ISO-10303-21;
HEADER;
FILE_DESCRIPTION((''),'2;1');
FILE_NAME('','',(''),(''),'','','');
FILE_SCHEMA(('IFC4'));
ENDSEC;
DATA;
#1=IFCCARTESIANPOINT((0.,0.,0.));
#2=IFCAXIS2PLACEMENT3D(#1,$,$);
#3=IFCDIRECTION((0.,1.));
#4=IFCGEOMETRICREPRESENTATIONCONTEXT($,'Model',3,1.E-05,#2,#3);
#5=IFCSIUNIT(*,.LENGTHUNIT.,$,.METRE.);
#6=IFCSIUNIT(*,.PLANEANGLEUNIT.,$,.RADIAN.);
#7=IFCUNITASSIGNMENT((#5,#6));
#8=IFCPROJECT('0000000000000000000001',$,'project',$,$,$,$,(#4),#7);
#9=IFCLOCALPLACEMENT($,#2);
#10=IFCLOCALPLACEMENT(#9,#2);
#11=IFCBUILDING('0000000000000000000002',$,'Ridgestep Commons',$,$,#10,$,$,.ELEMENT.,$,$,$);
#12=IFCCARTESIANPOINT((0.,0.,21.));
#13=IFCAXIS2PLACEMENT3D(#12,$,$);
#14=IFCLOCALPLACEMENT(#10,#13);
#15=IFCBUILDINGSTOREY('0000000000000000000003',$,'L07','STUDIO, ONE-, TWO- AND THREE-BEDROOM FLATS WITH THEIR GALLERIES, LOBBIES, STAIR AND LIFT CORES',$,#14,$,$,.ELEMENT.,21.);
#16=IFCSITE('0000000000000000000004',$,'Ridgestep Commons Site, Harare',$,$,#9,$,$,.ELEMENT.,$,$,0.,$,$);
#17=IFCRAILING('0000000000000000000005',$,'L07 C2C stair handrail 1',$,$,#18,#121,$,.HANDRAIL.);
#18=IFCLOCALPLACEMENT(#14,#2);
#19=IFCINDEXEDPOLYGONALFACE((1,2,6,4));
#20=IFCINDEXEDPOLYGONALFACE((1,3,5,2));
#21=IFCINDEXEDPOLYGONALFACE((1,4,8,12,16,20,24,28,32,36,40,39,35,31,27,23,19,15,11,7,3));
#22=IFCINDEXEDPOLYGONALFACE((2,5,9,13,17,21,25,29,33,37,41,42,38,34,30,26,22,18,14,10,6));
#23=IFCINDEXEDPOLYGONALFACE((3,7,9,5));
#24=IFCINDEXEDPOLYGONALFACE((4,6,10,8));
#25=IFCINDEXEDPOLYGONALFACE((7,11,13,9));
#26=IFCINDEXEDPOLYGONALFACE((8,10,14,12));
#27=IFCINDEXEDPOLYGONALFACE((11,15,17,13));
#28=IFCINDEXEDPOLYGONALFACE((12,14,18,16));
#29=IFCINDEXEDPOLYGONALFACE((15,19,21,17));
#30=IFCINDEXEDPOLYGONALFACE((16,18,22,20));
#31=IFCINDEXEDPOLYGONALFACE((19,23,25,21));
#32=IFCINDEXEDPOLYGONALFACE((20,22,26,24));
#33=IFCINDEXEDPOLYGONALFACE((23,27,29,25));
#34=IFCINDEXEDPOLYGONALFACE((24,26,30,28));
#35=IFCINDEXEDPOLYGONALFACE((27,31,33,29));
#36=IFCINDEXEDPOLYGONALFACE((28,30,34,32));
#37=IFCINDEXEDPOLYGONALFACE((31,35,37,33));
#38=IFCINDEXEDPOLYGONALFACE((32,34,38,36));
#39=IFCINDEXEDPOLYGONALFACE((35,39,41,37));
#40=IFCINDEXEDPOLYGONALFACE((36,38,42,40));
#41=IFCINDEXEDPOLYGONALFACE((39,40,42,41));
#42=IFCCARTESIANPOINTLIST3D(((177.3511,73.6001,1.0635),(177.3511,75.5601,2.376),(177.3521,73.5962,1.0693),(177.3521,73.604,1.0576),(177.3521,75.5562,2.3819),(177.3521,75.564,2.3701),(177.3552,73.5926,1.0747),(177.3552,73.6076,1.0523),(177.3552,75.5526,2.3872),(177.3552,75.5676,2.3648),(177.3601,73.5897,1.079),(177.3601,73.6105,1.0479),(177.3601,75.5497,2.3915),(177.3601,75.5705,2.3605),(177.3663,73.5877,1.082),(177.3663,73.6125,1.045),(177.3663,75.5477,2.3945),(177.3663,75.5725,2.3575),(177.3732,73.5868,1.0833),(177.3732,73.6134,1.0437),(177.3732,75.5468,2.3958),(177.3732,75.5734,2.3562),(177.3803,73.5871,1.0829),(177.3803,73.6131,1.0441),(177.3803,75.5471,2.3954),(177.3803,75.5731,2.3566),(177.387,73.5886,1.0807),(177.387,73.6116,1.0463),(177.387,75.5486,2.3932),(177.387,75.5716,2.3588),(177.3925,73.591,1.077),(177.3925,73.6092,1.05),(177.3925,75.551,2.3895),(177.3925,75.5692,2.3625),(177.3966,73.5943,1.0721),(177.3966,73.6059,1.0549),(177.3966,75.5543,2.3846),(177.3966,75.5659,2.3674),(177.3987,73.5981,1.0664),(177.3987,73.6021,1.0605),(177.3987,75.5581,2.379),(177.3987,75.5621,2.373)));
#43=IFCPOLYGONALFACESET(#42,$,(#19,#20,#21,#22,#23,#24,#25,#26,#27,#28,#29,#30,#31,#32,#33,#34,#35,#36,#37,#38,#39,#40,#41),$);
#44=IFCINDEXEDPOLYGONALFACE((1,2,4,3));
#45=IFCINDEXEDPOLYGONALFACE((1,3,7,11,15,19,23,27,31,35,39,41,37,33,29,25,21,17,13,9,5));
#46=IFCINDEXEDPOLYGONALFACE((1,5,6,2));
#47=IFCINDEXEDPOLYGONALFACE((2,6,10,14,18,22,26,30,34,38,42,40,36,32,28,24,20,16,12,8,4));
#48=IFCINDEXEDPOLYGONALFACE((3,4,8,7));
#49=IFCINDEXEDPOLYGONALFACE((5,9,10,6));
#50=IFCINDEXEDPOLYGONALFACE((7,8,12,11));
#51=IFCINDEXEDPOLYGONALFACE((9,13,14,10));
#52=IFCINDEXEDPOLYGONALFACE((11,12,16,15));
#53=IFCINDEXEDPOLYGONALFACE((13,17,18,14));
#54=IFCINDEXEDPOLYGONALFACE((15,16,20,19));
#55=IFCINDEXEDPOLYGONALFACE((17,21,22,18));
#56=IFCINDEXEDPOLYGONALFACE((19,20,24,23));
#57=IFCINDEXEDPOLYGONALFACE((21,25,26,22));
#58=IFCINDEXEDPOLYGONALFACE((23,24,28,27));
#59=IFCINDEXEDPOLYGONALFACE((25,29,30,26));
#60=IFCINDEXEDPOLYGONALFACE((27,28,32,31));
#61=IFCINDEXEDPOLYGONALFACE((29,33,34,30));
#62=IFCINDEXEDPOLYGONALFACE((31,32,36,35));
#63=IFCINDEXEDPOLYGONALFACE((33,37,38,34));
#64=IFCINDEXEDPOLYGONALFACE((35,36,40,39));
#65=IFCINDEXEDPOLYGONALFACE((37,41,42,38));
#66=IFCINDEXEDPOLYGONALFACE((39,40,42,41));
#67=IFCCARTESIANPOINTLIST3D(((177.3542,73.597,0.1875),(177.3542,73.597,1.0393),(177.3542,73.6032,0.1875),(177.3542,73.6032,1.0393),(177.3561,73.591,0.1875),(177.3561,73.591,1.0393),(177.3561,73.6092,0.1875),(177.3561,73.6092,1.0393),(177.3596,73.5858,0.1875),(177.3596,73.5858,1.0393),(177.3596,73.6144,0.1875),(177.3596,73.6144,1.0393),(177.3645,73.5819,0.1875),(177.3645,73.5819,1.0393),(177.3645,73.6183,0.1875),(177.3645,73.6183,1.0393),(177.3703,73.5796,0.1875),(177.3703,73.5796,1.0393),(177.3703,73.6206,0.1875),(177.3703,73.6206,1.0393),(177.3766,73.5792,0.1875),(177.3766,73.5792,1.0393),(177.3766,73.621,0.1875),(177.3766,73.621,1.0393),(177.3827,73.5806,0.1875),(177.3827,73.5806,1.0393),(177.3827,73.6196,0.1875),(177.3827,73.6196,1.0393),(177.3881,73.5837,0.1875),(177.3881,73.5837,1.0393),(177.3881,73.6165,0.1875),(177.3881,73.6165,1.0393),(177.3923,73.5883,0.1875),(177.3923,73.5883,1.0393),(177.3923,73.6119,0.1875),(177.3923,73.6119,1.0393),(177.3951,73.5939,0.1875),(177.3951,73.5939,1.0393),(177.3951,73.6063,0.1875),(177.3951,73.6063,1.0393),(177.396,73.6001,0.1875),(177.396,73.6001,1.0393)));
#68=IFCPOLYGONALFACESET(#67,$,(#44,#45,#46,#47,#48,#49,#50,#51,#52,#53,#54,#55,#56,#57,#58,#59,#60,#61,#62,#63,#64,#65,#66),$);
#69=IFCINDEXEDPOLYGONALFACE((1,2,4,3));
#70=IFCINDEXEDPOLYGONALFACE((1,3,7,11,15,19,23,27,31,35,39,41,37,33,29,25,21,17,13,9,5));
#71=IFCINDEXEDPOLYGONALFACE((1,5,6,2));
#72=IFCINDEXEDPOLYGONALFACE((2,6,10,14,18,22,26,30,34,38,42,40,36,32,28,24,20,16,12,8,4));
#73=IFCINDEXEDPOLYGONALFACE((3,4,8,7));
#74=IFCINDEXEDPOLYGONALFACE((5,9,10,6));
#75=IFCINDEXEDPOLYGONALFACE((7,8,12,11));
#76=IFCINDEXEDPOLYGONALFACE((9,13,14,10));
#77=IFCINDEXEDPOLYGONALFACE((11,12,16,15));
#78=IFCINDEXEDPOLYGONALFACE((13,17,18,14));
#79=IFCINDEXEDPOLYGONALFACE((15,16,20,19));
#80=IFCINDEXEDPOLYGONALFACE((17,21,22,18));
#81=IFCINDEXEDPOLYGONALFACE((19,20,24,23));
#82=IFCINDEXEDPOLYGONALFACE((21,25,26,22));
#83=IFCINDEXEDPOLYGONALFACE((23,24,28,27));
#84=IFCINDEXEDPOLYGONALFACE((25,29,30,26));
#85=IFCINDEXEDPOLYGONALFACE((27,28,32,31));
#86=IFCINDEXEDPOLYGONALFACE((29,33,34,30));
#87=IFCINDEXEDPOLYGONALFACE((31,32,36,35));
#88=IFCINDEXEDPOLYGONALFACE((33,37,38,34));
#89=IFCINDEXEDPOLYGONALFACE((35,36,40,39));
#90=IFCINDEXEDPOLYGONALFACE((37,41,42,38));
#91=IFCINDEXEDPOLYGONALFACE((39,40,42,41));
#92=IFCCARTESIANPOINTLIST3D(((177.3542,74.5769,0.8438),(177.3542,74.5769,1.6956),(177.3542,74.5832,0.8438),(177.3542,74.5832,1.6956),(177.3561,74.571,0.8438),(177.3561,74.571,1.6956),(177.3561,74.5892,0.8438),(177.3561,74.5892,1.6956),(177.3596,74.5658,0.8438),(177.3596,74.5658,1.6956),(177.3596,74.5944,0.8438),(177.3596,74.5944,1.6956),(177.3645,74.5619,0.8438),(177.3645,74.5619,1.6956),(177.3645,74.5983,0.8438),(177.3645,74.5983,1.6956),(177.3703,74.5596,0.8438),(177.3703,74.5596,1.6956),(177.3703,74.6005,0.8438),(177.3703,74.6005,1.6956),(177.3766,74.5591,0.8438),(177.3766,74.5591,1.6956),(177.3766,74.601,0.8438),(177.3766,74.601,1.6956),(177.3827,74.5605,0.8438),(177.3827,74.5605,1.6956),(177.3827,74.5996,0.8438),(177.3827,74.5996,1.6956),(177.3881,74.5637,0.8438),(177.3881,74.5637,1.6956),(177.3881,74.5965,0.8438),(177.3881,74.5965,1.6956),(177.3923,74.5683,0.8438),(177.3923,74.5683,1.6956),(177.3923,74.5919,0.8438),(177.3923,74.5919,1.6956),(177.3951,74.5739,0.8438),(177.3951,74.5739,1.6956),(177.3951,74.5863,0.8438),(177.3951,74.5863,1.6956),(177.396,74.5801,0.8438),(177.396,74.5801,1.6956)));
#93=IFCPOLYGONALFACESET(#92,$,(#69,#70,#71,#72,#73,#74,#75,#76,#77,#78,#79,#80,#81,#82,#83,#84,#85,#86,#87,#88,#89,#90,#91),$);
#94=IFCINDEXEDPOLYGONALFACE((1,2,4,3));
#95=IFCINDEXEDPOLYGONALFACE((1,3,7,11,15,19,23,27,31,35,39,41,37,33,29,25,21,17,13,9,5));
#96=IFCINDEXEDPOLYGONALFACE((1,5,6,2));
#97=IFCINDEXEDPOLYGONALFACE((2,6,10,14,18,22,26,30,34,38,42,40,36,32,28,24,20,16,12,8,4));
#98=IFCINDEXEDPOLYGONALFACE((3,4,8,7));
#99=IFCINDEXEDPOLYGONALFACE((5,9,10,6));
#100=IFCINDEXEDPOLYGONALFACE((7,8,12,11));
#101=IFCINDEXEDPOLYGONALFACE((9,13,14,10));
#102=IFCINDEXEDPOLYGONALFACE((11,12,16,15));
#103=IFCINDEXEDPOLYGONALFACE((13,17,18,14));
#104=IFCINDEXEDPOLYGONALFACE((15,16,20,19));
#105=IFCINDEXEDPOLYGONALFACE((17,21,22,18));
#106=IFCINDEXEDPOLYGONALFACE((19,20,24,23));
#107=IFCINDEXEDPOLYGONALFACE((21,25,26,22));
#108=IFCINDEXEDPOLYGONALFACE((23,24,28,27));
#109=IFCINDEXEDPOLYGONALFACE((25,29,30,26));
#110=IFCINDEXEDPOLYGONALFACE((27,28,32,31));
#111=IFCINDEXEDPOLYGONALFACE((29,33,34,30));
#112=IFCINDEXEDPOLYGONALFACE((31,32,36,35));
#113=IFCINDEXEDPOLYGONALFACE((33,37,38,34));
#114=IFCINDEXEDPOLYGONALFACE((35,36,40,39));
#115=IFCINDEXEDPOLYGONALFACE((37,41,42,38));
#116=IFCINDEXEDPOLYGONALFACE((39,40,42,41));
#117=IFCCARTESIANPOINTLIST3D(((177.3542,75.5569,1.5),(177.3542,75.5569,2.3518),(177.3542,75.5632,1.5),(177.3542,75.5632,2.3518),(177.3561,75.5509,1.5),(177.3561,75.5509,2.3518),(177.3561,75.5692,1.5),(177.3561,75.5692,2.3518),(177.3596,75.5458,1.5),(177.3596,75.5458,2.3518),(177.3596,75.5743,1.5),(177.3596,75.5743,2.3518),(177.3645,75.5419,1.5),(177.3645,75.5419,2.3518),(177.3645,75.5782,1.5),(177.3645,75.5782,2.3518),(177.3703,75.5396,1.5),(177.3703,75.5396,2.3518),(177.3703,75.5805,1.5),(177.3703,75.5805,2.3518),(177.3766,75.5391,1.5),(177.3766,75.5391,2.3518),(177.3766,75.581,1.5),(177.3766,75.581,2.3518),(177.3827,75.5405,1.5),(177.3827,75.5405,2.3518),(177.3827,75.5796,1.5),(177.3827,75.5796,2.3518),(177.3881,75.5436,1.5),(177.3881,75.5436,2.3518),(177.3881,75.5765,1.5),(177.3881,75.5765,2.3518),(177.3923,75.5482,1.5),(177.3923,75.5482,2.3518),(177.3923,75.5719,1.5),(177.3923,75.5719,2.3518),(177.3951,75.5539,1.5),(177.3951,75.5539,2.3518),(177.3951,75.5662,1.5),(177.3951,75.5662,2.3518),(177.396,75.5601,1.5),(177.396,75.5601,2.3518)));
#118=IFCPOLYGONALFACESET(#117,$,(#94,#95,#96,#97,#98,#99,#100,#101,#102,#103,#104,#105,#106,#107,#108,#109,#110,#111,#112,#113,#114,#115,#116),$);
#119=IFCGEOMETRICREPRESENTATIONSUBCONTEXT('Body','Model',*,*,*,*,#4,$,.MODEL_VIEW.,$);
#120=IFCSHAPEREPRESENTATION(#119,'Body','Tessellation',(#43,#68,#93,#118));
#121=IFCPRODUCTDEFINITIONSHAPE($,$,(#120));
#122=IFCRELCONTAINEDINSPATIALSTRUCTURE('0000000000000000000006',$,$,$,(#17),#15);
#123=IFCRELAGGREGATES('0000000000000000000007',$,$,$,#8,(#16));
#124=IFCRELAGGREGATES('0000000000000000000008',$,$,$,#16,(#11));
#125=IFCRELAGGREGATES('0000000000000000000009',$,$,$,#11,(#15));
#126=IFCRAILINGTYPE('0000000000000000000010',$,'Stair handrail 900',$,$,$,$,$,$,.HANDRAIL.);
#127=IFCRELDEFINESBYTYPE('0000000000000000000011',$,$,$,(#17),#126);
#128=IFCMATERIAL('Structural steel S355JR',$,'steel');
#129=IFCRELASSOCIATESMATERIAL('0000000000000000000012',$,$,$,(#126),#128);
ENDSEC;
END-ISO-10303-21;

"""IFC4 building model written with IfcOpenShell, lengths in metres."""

from ifc_helpers import new_model, si_unit, direction, frame, origin, origin_2d, place, context, subcontext, project, spatial, circle, extrude, material, type_object, element, save


model = new_model("IFC4")

# Units and contexts
model_context = context("Model", 3, precision=1e-05, world=origin(), true_north=direction((0.0, 1.0)))
body_context = subcontext(model_context, "Body", "Model", "MODEL_VIEW")
ifc_project = project(units=[si_unit("LENGTHUNIT", "METRE"), si_unit("PLANEANGLEUNIT", "RADIAN")], contexts=[model_context])

# Site, building, storey
site_placement = place(None, origin())
site = spatial("IfcSite", under=ifc_project, at=site_placement, Name="Ridgestep Commons Site, Harare", CompositionType="ELEMENT", RefElevation=0.0)
building_placement = place(site_placement, origin())
building = spatial("IfcBuilding", under=site, at=building_placement, Name="Ridgestep Commons", CompositionType="ELEMENT")
storey_placement = place(building_placement, frame((0.0, 0.0, 21.0)))
storey = spatial("IfcBuildingStorey", under=building, at=storey_placement, Name="L07", Description="STUDIO, ONE-, TWO- AND THREE-BEDROOM FLATS WITH THEIR GALLERIES, LOBBIES, STAIR AND LIFT CORES", CompositionType="ELEMENT", Elevation=21.0)

# Railing
ifc_material_1 = material(Name="Structural steel S355JR", Category="steel")
railing_type_1 = type_object("IfcRailingType", Name="Stair handrail 900", PredefinedType="HANDRAIL", material=ifc_material_1)
railing_1_placement = place(storey_placement, frame((177.375, 73.6001, 0.1875)))
element("IfcRailing", 1, at=railing_1_placement, inside=storey, type_object=railing_type_1, Name="L07 C2C stair handrail 1", PredefinedType="HANDRAIL", context=body_context, shape_type="SweptSolid", body=[
    extrude(circle(Radius=0.0239, at=origin_2d()), frame((0.0, 0.0, 0.876), z_axis=(0.0, 0.830902, 0.556419), x_axis=(-1.0, 0.0, 0.0)), (0.0, 0.0, 1.0), 2.3589),
    extrude(circle(Radius=0.021, at=origin_2d()), origin(), (0.0, 0.0, 1.0), 0.8518),
    extrude(circle(Radius=0.021, at=origin_2d()), frame((0.0, 0.98, 0.6562)), (0.0, 0.0, 1.0), 0.8518),
    extrude(circle(Radius=0.021, at=origin_2d()), frame((0.0, 1.96, 1.3125)), (0.0, 0.0, 1.0), 0.8518),
])

save(model, "model.ifc")
